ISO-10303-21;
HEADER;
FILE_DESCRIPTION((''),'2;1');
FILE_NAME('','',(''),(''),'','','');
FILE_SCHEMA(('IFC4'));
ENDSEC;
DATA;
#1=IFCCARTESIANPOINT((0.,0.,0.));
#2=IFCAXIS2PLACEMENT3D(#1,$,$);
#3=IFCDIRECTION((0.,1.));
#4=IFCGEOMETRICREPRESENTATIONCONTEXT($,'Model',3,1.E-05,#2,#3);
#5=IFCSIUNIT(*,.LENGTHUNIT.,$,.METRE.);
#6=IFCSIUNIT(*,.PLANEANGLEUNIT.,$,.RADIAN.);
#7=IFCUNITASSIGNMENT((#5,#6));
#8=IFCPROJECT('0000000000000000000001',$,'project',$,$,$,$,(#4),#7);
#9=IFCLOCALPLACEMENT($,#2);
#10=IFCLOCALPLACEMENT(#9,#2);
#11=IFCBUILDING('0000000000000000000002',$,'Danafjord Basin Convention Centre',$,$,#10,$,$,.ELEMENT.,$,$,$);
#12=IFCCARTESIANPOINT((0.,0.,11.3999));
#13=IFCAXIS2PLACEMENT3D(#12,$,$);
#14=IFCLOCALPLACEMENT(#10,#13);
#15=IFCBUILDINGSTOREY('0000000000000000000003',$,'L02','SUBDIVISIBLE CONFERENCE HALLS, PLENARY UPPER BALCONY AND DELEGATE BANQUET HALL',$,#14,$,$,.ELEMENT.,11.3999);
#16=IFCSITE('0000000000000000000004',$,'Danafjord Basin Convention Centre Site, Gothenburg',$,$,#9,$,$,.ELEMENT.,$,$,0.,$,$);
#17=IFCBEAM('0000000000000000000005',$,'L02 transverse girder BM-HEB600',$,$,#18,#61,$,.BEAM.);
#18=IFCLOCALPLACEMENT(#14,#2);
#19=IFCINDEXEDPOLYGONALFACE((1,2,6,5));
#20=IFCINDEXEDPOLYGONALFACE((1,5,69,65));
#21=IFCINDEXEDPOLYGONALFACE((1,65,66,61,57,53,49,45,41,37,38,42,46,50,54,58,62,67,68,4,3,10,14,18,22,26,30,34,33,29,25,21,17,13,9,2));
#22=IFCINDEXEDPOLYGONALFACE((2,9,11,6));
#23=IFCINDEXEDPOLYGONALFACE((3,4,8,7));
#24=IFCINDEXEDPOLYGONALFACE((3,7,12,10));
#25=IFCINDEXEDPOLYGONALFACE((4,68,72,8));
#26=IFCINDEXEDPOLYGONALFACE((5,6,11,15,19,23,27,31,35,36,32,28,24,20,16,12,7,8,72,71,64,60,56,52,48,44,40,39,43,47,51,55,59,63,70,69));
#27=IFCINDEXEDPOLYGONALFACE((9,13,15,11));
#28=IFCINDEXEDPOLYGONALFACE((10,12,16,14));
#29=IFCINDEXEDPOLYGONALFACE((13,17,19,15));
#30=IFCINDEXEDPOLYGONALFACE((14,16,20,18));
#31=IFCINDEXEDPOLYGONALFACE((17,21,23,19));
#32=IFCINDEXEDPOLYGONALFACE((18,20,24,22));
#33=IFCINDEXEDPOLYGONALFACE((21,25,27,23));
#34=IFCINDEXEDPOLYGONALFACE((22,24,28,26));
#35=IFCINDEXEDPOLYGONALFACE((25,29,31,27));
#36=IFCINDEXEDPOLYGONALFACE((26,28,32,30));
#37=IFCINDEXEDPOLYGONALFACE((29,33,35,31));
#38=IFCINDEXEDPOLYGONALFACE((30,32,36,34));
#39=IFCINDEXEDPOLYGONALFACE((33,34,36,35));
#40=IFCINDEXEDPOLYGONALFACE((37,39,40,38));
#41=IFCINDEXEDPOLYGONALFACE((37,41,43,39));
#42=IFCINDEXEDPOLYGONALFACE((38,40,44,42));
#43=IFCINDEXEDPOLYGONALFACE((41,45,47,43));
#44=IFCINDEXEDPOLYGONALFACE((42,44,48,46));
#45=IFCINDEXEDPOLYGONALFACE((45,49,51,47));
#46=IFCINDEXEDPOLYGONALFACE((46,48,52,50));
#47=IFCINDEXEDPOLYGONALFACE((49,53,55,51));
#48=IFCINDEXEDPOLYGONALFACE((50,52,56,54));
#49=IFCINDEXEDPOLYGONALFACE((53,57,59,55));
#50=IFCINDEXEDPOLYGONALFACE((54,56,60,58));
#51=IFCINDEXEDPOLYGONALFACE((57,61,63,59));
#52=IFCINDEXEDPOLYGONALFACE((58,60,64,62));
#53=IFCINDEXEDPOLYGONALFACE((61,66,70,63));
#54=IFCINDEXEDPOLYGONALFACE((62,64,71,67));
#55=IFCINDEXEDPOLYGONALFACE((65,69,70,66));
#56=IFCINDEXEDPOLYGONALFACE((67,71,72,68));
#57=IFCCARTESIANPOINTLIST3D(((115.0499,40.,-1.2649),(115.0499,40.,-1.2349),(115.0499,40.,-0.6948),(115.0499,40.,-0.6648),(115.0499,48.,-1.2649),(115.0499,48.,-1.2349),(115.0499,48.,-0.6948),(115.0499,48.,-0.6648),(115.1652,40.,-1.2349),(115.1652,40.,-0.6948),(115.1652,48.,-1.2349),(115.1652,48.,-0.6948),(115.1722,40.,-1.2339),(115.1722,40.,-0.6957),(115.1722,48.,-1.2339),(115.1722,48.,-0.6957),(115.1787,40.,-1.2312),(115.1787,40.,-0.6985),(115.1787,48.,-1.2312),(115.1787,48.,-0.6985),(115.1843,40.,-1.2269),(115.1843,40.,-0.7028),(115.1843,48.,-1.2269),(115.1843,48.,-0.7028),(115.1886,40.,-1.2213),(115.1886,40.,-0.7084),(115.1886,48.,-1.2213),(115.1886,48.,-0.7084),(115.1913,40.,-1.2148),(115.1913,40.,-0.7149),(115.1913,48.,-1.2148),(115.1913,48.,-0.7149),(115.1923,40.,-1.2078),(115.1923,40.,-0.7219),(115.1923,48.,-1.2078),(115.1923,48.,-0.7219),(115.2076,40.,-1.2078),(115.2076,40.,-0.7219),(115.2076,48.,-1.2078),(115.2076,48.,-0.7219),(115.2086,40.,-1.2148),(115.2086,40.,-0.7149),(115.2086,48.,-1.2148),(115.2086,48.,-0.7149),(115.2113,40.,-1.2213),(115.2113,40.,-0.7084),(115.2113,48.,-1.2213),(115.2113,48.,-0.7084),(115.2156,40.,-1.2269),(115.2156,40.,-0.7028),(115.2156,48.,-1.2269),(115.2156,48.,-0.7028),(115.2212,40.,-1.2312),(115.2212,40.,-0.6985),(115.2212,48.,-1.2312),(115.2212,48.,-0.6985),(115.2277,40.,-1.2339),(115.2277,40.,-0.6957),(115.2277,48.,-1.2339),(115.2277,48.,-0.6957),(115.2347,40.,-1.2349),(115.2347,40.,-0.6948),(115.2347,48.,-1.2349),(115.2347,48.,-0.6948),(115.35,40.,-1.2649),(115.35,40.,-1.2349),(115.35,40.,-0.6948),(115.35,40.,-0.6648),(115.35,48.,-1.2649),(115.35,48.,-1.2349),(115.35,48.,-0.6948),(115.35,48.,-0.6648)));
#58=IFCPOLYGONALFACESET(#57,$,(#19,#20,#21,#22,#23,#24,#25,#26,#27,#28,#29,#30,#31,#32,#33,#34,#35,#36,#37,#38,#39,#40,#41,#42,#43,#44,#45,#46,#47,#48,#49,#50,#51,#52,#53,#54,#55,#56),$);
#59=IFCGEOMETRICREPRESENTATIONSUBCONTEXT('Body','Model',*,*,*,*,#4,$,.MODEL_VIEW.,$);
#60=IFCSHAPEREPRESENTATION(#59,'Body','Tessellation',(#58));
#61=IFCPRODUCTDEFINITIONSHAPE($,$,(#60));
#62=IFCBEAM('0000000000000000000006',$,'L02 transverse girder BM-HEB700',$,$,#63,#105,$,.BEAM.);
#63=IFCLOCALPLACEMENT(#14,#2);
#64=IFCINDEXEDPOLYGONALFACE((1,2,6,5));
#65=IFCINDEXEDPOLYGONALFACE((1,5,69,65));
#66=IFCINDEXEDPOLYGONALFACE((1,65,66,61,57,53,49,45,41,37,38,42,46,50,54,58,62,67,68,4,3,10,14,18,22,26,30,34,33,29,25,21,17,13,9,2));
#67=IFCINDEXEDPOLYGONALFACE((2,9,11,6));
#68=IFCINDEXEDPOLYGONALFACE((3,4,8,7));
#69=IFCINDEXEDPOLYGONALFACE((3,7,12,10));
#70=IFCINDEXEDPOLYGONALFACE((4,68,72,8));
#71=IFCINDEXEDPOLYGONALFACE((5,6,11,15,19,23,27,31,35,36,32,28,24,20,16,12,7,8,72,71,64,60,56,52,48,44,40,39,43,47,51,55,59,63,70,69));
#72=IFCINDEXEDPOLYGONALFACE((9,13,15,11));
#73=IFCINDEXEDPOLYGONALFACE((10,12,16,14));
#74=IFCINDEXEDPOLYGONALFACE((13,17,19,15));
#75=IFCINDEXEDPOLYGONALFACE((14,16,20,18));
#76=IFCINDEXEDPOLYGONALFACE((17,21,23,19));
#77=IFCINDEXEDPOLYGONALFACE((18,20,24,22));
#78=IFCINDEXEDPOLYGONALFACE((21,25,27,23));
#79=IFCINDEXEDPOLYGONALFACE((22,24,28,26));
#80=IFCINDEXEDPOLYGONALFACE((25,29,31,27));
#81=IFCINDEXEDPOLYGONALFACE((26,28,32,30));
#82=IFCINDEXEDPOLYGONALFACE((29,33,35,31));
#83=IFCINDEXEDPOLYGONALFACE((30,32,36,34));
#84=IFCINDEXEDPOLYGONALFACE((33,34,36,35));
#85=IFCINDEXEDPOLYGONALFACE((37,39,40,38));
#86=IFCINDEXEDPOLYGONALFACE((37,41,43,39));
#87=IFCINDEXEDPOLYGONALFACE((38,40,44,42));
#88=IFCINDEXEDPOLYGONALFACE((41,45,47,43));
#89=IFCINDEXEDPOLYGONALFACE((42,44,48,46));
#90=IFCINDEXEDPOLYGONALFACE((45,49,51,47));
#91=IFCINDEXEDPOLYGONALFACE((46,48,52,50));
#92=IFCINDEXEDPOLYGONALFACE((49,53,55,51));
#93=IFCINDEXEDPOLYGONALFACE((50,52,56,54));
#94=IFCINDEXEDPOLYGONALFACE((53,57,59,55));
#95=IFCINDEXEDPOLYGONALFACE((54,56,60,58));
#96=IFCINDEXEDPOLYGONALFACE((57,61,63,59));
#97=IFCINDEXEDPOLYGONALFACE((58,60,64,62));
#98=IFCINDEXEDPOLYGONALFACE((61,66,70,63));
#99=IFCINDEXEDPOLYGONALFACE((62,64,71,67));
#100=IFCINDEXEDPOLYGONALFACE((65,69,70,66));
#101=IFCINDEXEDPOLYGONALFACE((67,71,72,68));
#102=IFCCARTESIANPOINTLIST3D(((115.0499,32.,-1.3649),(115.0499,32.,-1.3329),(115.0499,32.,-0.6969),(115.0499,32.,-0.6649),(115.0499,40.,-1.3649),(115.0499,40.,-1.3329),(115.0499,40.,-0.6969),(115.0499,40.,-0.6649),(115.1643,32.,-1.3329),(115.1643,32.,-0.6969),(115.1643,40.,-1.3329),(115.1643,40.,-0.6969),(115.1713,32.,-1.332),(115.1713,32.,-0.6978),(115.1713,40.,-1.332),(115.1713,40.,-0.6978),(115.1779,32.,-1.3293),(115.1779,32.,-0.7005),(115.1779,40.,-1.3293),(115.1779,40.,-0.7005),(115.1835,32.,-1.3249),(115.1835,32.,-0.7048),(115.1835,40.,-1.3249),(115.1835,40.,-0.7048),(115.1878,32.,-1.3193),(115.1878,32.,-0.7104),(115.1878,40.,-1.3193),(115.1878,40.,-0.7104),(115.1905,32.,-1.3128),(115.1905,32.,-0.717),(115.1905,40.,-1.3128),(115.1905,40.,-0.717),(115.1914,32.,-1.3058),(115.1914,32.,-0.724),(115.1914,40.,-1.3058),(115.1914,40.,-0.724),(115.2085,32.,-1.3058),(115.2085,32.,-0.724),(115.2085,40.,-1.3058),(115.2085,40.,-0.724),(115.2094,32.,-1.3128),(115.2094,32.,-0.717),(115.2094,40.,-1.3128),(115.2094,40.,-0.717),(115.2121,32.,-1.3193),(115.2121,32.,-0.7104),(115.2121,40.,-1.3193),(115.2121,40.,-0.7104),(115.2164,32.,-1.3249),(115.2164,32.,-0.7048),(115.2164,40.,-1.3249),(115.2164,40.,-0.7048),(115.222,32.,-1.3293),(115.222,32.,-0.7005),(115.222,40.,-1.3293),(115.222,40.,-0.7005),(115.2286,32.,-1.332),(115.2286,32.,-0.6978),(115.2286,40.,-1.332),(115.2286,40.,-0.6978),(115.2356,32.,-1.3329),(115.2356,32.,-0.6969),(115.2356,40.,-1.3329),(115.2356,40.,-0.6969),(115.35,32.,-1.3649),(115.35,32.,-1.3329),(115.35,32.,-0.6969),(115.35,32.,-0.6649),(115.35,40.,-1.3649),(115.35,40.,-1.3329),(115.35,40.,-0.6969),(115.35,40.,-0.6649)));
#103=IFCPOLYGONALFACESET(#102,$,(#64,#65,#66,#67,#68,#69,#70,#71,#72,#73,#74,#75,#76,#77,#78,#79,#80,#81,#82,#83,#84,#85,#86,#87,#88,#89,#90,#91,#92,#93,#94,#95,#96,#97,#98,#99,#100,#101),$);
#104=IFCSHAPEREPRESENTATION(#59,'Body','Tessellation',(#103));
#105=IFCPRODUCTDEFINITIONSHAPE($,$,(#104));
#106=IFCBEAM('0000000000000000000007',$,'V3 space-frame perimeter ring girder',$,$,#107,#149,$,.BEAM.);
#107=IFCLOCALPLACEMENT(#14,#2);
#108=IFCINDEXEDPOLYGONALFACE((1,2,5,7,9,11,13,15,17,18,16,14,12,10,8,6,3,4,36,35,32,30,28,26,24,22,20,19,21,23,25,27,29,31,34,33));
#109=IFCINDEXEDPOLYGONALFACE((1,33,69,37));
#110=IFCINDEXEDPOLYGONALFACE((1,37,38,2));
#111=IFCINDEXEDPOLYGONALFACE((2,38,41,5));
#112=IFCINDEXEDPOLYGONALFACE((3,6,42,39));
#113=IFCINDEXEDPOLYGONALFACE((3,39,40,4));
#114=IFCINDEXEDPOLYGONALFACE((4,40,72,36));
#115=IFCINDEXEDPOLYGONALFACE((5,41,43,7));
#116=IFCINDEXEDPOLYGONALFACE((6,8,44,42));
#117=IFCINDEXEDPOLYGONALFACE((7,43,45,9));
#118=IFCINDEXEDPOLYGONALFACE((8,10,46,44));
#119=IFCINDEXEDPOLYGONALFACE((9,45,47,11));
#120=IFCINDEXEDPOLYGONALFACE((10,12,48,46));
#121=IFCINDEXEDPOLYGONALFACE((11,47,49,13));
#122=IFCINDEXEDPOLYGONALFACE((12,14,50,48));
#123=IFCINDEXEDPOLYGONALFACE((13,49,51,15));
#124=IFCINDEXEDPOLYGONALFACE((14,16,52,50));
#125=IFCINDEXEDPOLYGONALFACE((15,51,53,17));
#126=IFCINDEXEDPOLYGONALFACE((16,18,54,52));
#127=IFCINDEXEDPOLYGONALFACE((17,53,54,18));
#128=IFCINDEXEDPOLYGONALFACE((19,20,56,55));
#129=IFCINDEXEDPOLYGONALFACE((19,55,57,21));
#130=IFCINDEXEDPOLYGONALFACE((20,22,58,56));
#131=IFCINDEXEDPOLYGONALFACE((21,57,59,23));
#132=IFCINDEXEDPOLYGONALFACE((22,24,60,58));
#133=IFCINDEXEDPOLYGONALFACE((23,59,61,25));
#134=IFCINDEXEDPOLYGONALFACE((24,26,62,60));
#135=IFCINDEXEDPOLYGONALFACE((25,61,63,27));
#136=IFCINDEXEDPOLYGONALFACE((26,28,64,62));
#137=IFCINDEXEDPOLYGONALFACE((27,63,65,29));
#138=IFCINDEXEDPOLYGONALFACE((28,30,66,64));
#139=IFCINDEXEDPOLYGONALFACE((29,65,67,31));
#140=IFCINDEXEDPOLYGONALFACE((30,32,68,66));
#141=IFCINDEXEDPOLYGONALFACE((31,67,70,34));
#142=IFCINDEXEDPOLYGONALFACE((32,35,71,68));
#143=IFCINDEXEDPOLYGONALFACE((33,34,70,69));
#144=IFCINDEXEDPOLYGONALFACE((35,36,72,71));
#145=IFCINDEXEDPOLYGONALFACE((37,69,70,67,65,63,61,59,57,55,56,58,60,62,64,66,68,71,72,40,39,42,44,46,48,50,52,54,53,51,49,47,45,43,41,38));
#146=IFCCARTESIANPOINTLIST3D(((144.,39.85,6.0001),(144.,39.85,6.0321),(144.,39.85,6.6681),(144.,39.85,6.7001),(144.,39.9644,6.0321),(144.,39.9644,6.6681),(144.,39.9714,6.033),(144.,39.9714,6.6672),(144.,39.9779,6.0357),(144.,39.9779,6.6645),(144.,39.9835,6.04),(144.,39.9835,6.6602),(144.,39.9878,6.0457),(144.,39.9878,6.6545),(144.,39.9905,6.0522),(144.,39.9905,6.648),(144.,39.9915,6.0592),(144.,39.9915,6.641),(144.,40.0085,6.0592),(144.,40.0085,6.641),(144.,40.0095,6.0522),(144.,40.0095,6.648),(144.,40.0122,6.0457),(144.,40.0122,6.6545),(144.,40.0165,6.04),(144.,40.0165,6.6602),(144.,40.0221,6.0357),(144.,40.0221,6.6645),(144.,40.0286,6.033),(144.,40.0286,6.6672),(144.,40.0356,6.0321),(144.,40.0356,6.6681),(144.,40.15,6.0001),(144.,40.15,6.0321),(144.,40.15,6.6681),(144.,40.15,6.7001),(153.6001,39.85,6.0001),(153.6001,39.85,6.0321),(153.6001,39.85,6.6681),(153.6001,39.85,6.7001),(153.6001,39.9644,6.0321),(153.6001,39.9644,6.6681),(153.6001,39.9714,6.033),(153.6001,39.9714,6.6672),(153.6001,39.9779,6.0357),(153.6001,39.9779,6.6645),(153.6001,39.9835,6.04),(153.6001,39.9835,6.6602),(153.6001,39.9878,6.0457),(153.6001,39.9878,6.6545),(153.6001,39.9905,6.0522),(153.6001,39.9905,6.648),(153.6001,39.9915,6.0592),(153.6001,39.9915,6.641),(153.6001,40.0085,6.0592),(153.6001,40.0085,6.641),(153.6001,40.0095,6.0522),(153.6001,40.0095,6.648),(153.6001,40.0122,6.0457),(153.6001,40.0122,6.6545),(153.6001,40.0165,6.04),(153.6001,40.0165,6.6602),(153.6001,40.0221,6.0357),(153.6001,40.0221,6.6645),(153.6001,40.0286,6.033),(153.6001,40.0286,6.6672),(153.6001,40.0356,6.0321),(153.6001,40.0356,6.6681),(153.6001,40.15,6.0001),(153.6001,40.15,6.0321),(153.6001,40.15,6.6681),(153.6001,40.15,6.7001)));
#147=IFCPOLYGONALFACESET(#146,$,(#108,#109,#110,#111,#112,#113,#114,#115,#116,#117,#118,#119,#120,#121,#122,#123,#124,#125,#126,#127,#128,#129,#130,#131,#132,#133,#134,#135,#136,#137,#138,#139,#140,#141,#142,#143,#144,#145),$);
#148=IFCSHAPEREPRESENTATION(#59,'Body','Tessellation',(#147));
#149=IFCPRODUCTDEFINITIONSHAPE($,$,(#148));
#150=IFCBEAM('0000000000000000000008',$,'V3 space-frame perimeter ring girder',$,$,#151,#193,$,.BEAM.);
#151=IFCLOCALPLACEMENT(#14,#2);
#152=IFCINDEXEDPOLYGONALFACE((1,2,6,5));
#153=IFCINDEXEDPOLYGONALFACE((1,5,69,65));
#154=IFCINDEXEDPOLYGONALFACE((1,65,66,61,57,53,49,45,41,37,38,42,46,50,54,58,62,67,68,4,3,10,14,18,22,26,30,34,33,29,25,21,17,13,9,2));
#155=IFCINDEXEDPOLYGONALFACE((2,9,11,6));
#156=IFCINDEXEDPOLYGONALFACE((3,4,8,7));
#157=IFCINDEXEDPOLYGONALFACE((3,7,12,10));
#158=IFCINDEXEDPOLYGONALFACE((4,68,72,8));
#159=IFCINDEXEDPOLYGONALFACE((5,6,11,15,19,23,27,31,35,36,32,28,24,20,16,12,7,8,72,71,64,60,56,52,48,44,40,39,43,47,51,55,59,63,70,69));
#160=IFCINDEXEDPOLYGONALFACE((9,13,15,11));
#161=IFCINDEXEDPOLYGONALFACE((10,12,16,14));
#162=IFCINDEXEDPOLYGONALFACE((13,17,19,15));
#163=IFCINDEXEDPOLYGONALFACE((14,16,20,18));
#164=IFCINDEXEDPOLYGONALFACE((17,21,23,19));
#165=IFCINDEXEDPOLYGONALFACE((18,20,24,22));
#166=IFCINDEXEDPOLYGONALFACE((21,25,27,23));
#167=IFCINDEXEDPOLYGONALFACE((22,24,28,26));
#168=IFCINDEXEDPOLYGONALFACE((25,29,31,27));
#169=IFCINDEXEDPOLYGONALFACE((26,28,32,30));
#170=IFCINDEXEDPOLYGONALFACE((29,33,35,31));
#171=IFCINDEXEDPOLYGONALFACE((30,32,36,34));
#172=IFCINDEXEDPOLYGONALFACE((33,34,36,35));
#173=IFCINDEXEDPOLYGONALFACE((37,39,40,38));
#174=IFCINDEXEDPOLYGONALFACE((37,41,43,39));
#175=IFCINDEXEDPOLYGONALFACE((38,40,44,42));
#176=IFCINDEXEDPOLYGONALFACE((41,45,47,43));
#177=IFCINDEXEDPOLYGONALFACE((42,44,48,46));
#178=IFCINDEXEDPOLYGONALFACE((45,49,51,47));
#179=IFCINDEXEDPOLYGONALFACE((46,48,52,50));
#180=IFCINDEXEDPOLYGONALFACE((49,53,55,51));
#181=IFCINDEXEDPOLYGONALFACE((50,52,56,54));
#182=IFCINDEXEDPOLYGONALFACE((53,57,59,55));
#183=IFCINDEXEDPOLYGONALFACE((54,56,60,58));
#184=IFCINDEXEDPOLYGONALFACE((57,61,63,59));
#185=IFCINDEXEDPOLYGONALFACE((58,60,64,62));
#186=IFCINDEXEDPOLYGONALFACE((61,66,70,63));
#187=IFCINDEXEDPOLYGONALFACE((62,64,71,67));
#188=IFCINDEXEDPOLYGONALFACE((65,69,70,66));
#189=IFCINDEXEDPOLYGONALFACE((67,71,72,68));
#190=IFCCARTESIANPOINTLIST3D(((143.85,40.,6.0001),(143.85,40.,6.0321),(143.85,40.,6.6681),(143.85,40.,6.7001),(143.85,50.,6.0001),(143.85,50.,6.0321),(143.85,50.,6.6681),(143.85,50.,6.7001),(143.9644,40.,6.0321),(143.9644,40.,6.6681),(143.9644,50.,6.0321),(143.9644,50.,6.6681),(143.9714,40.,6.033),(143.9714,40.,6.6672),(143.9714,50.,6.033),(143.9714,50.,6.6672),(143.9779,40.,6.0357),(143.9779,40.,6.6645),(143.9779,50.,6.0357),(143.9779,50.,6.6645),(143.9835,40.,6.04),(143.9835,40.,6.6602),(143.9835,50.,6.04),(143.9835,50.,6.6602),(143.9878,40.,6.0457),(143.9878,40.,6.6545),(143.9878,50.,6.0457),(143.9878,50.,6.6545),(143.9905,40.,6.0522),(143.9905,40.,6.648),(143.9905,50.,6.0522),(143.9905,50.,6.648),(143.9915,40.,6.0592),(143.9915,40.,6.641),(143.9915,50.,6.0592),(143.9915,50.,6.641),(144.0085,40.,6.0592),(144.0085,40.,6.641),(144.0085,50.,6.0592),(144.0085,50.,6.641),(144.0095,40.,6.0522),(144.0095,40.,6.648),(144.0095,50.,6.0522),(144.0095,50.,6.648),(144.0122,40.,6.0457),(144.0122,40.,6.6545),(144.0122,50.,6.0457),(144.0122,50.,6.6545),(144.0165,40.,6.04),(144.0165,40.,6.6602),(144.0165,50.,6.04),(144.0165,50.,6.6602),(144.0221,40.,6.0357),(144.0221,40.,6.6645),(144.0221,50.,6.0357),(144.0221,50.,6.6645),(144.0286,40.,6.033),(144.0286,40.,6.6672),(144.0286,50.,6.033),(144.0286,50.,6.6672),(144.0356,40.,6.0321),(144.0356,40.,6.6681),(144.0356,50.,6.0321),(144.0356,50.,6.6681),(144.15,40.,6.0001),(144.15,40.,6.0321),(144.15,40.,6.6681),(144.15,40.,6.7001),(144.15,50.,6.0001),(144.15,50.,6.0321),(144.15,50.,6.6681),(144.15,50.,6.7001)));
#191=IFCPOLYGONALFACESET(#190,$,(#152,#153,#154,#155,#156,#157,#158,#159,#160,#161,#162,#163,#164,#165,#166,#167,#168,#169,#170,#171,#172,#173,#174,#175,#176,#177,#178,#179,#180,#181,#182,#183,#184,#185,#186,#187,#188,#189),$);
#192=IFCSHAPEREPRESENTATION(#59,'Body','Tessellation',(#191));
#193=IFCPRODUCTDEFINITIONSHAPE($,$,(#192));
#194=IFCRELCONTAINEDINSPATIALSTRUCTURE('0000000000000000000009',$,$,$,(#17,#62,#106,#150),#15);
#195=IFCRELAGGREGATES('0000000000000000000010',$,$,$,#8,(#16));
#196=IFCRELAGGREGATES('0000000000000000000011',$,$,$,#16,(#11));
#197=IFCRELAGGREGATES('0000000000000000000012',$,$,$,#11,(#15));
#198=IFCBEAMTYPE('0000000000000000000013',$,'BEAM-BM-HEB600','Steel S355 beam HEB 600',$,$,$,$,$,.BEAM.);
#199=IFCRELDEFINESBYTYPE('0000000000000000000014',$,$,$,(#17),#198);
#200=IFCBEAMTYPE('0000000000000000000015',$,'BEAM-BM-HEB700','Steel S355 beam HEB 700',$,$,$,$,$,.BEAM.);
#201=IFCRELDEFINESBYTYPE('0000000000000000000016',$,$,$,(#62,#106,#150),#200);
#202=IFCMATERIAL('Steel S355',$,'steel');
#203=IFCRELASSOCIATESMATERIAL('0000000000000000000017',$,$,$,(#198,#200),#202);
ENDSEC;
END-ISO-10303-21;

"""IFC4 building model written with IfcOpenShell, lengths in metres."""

from ifc_helpers import new_model, si_unit, direction, frame, origin, origin_2d, place, context, subcontext, project, spatial, i_section, extrude, material, material_profile, profile_set, type_object, element, save


model = new_model("IFC4")

# Units and contexts
model_context = context("Model", 3, precision=1e-05, world=origin(), true_north=direction((0.0, 1.0)))
body_context = subcontext(model_context, "Body", "Model", "MODEL_VIEW")
ifc_project = project(units=[si_unit("LENGTHUNIT", "METRE"), si_unit("PLANEANGLEUNIT", "RADIAN")], contexts=[model_context])

# Site, building, storey
site_placement = place(None, origin())
site = spatial("IfcSite", under=ifc_project, at=site_placement, Name="Danafjord Basin Convention Centre Site, Gothenburg", CompositionType="ELEMENT", RefElevation=0.0)
building_placement = place(site_placement, origin())
building = spatial("IfcBuilding", under=site, at=building_placement, Name="Danafjord Basin Convention Centre", CompositionType="ELEMENT")
storey_placement = place(building_placement, frame((0.0, 0.0, 11.3999)))
storey = spatial("IfcBuildingStorey", under=building, at=storey_placement, Name="L02", Description="SUBDIVISIBLE CONFERENCE HALLS, PLENARY UPPER BALCONY AND DELEGATE BANQUET HALL", CompositionType="ELEMENT", Elevation=11.3999)

# Shared definitions
ifc_material = material(Name="Steel S355", Category="steel")

# Beams
ifc_material_profile_1 = material_profile(ifc_material, i_section(OverallWidth=0.3, OverallDepth=0.6001, WebThickness=0.0154, FlangeThickness=0.03, FilletRadius=0.0271, at=origin_2d()), Name="HEB 600")
ifc_profile_set_1 = profile_set([ifc_material_profile_1], Name="Steel S355")
beam_type_1 = type_object("IfcBeamType", Name="BEAM-BM-HEB600", Description="Steel S355 beam HEB 600", PredefinedType="BEAM", material=ifc_profile_set_1)
beam_1_placement = place(storey_placement, frame((115.2, 40.0, -0.9648), z_axis=(0.0, 1.0, 0.0), x_axis=(-1.0, 0.0, 0.0)))
element("IfcBeam", 1, at=beam_1_placement, inside=storey, type_object=beam_type_1, Name="L02 transverse girder BM-HEB600", PredefinedType="BEAM", context=body_context, shape_type="SweptSolid", body=[
    extrude(i_section(OverallWidth=0.3, OverallDepth=0.6001, WebThickness=0.0154, FlangeThickness=0.03, FilletRadius=0.0271, at=origin_2d()), origin(), (0.0, 0.0, 1.0), 8.0),
])
ifc_material_profile_2 = material_profile(ifc_material, i_section(OverallWidth=0.3, OverallDepth=0.7, WebThickness=0.0171, FlangeThickness=0.032, FilletRadius=0.0271, at=origin_2d()), Name="HEB 700")
ifc_profile_set_2 = profile_set([ifc_material_profile_2], Name="Steel S355")
beam_type_2 = type_object("IfcBeamType", Name="BEAM-BM-HEB700", Description="Steel S355 beam HEB 700", PredefinedType="BEAM", material=ifc_profile_set_2)
beam_2_placement = place(storey_placement, frame((115.2, 32.0, -1.0149), z_axis=(0.0, 1.0, 0.0), x_axis=(-1.0, 0.0, 0.0)))
element("IfcBeam", 2, at=beam_2_placement, inside=storey, type_object=beam_type_2, Name="L02 transverse girder BM-HEB700", PredefinedType="BEAM", context=body_context, shape_type="SweptSolid", body=[
    extrude(i_section(OverallWidth=0.3, OverallDepth=0.7, WebThickness=0.0171, FlangeThickness=0.032, FilletRadius=0.0271, at=origin_2d()), origin(), (0.0, 0.0, 1.0), 8.0),
])
beam_3_placement = place(storey_placement, frame((144.0, 40.0, 6.3501), z_axis=(1.0, 0.0, 0.0), x_axis=(0.0, 1.0, 0.0)))
element("IfcBeam", 3, at=beam_3_placement, inside=storey, type_object=beam_type_2, Name="V3 space-frame perimeter ring girder", PredefinedType="BEAM", context=body_context, shape_type="SweptSolid", body=[
    extrude(i_section(OverallWidth=0.3, OverallDepth=0.7, WebThickness=0.0171, FlangeThickness=0.032, FilletRadius=0.0271, at=origin_2d()), origin(), (0.0, 0.0, 1.0), 9.6001),
])
beam_4_placement = place(storey_placement, frame((144.0, 40.0, 6.3501), z_axis=(0.0, 1.0, 0.0), x_axis=(-1.0, 0.0, 0.0)))
element("IfcBeam", 4, at=beam_4_placement, inside=storey, type_object=beam_type_2, Name="V3 space-frame perimeter ring girder", PredefinedType="BEAM", context=body_context, shape_type="SweptSolid", body=[
    extrude(i_section(OverallWidth=0.3, OverallDepth=0.7, WebThickness=0.0171, FlangeThickness=0.032, FilletRadius=0.0271, at=origin_2d()), origin(), (0.0, 0.0, 1.0), 10.0),
])

save(model, "model.ifc")
